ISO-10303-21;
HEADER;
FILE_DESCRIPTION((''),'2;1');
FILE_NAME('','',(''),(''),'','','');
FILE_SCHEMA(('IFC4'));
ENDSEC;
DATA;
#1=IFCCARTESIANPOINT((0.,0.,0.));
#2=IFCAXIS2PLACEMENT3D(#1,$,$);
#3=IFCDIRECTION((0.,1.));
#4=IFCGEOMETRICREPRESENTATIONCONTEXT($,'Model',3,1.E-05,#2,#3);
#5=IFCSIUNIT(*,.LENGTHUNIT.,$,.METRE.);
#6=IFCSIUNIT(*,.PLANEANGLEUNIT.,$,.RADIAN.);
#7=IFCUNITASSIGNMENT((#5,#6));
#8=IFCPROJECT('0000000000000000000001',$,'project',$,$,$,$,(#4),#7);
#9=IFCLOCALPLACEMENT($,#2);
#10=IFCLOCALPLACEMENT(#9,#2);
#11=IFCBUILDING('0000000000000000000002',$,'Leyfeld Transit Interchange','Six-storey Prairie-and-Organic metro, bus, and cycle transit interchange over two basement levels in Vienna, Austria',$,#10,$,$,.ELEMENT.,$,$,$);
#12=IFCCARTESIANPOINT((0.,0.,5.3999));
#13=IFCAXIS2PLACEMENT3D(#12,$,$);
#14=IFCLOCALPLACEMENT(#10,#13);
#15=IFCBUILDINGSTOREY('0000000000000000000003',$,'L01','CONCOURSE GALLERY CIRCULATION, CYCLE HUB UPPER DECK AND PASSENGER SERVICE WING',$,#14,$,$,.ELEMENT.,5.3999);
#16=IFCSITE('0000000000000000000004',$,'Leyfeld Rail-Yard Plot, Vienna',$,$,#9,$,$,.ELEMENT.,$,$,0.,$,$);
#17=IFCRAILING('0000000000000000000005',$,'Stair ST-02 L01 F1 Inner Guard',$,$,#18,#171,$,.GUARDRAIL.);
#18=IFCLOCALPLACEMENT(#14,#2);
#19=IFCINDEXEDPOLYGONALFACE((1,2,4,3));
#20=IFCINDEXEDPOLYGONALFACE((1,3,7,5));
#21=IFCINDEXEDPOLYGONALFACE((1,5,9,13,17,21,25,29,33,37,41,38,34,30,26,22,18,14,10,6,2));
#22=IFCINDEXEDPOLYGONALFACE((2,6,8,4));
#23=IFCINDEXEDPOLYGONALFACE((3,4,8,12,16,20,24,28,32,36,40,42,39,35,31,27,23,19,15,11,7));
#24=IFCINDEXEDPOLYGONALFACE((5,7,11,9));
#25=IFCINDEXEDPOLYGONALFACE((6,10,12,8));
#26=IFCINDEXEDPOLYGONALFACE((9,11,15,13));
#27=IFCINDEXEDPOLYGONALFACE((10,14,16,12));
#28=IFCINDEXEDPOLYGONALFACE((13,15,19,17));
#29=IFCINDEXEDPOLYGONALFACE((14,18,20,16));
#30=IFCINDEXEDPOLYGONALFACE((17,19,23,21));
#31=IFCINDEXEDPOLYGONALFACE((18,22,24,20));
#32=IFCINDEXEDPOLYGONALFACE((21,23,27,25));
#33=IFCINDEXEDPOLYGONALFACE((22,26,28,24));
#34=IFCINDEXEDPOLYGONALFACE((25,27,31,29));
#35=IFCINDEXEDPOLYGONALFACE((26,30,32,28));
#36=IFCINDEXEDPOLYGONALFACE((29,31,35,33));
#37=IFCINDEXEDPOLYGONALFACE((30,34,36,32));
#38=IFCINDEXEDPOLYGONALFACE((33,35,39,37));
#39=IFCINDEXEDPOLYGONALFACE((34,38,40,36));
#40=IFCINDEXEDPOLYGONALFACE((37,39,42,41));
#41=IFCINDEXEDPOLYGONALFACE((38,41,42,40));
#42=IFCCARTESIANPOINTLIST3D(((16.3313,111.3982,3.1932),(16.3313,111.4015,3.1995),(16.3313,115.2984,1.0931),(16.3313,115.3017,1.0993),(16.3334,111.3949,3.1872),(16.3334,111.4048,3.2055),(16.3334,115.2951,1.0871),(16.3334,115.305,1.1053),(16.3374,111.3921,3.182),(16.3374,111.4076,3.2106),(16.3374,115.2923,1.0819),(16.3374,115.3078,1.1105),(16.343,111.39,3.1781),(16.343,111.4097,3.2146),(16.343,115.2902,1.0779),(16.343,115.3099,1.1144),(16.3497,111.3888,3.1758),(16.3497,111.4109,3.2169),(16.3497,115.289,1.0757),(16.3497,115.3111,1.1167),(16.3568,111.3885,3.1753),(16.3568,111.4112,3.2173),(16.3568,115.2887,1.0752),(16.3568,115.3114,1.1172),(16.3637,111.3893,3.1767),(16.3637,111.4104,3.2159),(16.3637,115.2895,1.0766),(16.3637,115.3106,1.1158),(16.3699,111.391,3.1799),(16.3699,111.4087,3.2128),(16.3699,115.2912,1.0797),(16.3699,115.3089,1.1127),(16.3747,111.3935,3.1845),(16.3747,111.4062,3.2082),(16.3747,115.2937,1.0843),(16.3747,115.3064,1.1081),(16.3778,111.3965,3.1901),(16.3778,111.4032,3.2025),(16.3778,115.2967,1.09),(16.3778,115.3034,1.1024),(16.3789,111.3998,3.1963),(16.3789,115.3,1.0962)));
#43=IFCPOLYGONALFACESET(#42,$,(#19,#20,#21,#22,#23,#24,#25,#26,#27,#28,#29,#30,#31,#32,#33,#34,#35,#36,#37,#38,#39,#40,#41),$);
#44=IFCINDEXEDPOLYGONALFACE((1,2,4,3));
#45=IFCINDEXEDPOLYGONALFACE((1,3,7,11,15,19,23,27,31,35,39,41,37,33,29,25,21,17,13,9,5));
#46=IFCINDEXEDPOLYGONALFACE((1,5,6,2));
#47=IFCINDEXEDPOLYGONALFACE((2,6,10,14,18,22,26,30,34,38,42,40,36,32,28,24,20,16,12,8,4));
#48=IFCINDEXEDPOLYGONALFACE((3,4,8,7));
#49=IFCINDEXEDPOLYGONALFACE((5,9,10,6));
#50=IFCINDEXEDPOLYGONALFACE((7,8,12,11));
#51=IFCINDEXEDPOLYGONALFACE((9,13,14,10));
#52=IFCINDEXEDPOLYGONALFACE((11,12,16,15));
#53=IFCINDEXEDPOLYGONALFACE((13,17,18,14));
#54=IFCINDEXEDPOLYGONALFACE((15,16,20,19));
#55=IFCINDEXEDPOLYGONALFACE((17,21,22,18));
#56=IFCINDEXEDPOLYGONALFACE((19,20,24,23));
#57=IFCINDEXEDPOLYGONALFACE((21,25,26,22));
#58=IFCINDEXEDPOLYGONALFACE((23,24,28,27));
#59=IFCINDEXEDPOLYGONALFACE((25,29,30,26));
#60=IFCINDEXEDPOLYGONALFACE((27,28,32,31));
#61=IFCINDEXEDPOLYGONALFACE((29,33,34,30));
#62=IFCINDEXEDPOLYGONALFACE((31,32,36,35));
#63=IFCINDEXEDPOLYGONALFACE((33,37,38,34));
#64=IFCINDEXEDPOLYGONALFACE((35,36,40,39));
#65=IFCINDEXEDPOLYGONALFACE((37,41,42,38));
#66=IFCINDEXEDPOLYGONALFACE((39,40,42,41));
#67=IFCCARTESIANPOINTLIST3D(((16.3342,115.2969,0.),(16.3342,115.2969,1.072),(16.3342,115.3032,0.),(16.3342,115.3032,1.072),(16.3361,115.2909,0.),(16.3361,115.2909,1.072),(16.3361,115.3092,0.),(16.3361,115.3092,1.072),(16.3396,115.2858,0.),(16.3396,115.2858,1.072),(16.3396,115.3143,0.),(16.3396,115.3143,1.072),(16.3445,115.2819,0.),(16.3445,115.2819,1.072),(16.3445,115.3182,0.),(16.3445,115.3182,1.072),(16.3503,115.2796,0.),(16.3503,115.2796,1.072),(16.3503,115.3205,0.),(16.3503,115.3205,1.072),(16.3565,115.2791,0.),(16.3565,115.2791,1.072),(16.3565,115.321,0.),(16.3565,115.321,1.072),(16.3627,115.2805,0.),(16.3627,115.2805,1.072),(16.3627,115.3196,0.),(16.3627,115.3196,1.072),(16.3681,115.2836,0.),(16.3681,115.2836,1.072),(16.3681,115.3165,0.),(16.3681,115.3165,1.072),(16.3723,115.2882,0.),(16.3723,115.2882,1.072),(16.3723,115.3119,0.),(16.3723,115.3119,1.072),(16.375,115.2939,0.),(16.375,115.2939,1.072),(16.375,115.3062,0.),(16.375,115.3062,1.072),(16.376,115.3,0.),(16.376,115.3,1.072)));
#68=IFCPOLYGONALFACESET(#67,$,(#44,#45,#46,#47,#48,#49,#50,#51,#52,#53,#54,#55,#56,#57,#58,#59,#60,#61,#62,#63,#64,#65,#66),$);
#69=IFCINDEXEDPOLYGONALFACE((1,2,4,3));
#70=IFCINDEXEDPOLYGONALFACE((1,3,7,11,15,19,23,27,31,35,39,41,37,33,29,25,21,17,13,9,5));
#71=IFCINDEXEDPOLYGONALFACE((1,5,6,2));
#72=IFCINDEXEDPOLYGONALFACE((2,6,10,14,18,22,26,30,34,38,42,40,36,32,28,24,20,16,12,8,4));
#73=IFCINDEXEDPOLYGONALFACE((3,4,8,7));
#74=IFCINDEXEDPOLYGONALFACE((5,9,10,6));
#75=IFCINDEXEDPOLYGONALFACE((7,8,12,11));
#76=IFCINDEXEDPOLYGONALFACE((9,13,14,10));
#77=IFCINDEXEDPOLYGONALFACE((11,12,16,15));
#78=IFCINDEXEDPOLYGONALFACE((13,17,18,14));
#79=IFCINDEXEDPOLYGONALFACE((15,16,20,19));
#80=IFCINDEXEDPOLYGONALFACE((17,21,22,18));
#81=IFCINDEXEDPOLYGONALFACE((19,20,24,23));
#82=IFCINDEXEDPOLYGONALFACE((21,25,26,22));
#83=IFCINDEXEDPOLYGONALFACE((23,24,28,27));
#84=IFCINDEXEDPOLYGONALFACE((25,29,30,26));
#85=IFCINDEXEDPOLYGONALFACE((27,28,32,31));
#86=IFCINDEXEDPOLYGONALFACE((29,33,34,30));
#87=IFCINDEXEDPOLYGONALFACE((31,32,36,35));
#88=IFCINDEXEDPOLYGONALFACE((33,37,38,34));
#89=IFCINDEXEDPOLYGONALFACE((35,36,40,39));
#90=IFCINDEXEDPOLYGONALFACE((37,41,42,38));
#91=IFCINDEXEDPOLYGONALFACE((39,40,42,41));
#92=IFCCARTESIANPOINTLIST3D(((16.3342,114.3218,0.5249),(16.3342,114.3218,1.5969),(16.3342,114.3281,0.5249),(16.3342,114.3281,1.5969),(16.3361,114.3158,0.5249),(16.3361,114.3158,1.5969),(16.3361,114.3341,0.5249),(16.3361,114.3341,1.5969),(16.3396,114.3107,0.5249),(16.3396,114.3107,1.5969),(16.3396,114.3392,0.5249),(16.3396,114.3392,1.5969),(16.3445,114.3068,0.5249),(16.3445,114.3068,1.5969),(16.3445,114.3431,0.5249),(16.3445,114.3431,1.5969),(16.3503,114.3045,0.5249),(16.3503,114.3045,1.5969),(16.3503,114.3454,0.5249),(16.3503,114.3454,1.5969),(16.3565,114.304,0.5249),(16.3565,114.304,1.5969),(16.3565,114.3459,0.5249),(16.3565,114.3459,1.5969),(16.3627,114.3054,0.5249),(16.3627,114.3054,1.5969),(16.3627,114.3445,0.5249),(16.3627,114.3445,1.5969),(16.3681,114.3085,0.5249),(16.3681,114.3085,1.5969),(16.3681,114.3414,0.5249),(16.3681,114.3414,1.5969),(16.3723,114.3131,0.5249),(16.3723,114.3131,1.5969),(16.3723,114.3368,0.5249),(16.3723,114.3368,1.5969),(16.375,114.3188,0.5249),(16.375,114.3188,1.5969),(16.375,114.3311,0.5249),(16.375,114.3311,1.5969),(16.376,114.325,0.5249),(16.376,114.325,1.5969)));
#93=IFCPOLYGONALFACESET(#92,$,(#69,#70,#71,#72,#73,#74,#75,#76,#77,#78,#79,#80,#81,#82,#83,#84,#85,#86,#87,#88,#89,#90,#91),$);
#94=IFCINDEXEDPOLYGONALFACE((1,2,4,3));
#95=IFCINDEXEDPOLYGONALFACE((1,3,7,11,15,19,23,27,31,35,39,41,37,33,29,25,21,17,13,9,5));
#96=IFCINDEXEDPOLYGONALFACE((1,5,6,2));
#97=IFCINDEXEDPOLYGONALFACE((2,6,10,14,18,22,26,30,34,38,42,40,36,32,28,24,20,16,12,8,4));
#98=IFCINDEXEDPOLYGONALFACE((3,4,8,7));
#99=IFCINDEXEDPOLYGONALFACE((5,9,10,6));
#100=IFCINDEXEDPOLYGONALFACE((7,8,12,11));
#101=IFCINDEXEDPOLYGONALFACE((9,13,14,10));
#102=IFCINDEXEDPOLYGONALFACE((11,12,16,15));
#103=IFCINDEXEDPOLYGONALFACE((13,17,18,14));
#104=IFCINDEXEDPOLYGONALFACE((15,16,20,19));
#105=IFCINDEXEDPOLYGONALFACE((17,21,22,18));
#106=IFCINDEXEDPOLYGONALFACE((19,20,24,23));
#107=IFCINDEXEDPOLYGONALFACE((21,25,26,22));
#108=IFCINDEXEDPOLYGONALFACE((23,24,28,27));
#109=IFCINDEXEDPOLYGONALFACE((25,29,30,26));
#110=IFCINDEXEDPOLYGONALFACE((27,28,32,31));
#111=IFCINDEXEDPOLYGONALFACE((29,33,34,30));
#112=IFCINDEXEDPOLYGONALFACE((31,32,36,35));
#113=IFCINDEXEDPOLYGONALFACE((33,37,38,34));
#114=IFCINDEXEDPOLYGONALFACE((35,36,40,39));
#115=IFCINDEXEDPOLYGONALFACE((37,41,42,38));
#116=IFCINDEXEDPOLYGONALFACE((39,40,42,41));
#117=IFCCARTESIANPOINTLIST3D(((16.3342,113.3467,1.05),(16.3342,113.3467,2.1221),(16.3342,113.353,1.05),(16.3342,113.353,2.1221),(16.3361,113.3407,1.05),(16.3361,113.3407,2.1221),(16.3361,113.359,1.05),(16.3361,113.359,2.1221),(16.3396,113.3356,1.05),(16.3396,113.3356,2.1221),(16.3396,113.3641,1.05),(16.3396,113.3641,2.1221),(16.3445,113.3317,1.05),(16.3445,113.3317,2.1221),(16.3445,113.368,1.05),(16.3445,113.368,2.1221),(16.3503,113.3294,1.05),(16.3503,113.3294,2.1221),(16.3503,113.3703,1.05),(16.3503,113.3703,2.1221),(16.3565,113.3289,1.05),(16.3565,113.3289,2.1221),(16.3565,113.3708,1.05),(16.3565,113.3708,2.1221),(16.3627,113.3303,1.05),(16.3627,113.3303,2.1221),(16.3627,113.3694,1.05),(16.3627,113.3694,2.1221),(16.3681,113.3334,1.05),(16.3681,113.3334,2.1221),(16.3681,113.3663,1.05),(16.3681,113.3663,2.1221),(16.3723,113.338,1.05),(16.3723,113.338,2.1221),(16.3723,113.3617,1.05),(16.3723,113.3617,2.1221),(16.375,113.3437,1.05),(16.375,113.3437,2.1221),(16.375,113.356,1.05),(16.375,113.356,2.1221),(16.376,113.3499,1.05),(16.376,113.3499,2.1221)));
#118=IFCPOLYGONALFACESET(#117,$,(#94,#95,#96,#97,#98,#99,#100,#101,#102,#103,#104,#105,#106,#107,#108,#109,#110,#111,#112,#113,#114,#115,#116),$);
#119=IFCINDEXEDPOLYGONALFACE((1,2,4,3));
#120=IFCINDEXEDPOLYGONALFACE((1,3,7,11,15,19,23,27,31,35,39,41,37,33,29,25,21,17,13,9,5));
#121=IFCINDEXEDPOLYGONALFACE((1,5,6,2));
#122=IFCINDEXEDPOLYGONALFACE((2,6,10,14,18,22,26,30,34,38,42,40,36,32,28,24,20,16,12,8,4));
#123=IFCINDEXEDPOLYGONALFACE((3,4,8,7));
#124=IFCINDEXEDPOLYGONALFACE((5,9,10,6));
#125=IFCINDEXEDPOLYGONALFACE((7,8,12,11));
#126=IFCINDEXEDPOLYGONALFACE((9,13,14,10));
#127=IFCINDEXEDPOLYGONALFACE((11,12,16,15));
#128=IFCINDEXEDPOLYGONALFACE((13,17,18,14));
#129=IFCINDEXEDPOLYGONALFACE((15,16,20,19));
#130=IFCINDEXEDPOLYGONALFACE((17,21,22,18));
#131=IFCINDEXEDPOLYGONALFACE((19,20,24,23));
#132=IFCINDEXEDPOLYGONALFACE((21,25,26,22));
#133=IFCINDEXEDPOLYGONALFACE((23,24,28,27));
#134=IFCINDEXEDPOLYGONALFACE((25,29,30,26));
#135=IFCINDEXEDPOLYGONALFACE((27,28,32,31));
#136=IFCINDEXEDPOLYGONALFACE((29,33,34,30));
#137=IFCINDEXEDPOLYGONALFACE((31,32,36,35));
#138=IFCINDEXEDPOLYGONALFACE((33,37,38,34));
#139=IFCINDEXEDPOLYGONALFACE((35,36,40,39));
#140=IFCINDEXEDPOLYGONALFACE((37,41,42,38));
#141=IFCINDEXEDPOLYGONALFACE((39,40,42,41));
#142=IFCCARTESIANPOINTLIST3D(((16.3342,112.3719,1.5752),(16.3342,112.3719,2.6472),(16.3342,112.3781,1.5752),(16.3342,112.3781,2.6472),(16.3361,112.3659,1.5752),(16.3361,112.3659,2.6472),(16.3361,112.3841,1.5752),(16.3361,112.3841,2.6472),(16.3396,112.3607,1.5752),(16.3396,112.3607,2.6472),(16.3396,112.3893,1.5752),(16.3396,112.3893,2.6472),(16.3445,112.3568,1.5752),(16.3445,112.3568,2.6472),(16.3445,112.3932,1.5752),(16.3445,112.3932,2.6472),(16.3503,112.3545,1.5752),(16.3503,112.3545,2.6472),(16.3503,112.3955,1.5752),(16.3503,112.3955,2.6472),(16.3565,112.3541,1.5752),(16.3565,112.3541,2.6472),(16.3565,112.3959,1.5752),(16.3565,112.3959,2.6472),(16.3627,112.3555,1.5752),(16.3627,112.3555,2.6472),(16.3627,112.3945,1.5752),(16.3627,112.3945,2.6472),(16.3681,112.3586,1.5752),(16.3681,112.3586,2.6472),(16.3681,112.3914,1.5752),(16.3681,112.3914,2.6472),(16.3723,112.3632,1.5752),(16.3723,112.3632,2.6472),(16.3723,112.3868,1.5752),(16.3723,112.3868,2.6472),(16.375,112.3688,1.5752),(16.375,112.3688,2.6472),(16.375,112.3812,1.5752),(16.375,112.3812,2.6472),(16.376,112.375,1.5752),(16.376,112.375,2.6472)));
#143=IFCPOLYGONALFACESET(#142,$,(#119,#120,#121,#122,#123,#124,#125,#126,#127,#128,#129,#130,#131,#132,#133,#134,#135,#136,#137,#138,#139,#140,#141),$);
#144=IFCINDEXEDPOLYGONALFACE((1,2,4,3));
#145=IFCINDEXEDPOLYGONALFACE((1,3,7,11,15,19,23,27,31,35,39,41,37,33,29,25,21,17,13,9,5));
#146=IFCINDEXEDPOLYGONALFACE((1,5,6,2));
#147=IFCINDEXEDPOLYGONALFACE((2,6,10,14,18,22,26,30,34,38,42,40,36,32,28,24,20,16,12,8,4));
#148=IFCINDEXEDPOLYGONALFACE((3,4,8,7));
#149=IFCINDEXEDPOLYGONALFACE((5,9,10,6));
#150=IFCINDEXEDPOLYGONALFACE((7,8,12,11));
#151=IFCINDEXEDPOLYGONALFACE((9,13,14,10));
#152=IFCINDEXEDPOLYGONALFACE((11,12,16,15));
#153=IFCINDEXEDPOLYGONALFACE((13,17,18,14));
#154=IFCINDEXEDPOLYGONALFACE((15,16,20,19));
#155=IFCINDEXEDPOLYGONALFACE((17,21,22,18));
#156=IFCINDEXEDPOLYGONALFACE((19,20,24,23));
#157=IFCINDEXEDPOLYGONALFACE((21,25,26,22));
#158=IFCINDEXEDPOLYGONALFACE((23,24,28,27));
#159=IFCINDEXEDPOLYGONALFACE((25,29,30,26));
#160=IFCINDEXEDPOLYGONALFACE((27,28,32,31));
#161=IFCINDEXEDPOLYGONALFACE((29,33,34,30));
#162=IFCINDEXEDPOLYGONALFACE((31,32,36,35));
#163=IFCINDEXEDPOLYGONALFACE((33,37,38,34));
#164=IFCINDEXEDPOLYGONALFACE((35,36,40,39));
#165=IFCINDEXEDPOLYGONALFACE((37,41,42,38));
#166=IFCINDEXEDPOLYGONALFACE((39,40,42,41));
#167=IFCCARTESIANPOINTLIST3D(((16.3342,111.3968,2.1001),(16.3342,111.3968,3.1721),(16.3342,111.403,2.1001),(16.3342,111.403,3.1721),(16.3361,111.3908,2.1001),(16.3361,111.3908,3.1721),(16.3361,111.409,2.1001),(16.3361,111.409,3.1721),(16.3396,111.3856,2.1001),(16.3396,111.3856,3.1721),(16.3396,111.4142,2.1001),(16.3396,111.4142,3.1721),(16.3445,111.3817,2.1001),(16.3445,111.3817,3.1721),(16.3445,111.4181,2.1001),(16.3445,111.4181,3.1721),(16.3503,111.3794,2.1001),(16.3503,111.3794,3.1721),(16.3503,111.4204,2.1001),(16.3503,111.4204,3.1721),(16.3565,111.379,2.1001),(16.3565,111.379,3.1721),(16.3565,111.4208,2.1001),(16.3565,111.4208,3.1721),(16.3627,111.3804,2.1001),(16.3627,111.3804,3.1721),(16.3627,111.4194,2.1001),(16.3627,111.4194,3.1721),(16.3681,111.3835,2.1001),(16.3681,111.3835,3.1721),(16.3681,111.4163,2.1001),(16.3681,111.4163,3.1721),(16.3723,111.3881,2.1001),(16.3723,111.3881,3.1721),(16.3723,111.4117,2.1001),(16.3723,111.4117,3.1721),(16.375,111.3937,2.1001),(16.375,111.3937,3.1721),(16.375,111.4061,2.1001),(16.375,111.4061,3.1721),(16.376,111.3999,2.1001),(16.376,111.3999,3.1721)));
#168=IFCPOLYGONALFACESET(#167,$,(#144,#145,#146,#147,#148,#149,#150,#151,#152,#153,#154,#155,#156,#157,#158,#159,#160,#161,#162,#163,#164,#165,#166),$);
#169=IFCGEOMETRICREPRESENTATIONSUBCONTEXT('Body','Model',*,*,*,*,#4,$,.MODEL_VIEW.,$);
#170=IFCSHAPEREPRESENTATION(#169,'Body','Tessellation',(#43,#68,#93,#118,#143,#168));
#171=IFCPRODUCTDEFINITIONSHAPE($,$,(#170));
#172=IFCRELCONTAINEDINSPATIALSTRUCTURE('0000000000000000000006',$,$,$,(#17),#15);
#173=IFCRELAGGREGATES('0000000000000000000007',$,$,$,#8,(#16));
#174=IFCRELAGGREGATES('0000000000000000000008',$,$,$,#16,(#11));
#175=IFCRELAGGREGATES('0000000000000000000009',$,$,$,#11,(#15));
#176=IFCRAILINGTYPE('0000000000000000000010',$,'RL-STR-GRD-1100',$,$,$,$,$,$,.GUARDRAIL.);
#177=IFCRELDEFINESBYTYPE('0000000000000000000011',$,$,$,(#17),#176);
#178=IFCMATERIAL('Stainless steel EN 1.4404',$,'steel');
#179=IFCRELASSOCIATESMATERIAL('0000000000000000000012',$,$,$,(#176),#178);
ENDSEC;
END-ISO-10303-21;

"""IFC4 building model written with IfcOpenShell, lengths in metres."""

from ifc_helpers import new_model, si_unit, direction, frame, origin, origin_2d, place, context, subcontext, project, spatial, circle, extrude, material, type_object, element, save


model = new_model("IFC4")

# Units and contexts
model_context = context("Model", 3, precision=1e-05, world=origin(), true_north=direction((0.0, 1.0)))
body_context = subcontext(model_context, "Body", "Model", "MODEL_VIEW")
ifc_project = project(units=[si_unit("LENGTHUNIT", "METRE"), si_unit("PLANEANGLEUNIT", "RADIAN")], contexts=[model_context])

# Site, building, storey
site_placement = place(None, origin())
site = spatial("IfcSite", under=ifc_project, at=site_placement, Name="Leyfeld Rail-Yard Plot, Vienna", CompositionType="ELEMENT", RefElevation=0.0)
building_placement = place(site_placement, origin())
building = spatial("IfcBuilding", under=site, at=building_placement, Name="Leyfeld Transit Interchange", Description="Six-storey Prairie-and-Organic metro, bus, and cycle transit interchange over two basement levels in Vienna, Austria", CompositionType="ELEMENT")
storey_placement = place(building_placement, frame((0.0, 0.0, 5.3999)))
storey = spatial("IfcBuildingStorey", under=building, at=storey_placement, Name="L01", Description="CONCOURSE GALLERY CIRCULATION, CYCLE HUB UPPER DECK AND PASSENGER SERVICE WING", CompositionType="ELEMENT", Elevation=5.3999)

# Shared definitions
ifc_material_1 = material(Name="Stainless steel EN 1.4404", Category="steel")

# Railing
railing_type_1 = type_object("IfcRailingType", Name="RL-STR-GRD-1100", PredefinedType="GUARDRAIL", material=ifc_material_1)
for number, where, name in (
    (1, (16.355, 115.3, 0.0), "Stair ST-02 L01 F1 Inner Guard"),
):
    element("IfcRailing", number, at=place(storey_placement, frame(where)), inside=storey, type_object=railing_type_1, Name=name, PredefinedType="GUARDRAIL", context=body_context, shape_type="SweptSolid", body=[
        extrude(circle(Radius=0.0239, at=origin_2d()), frame((0.0, 0.0, 1.0962), z_axis=(0.0, -0.880469, 0.474103), x_axis=(1.0, 0.0, 0.0)), (0.0, 0.0, 1.0), 4.4297),
        extrude(circle(Radius=0.021, at=origin_2d()), origin(), (0.0, 0.0, 1.0), 1.072),
        extrude(circle(Radius=0.021, at=origin_2d()), frame((0.0, -0.9751, 0.5249)), (0.0, 0.0, 1.0), 1.072),
        extrude(circle(Radius=0.021, at=origin_2d()), frame((0.0, -1.9502, 1.05)), (0.0, 0.0, 1.0), 1.072),
        extrude(circle(Radius=0.021, at=origin_2d()), frame((0.0, -2.925, 1.5752)), (0.0, 0.0, 1.0), 1.072),
        extrude(circle(Radius=0.021, at=origin_2d()), frame((0.0, -3.9001, 2.1001)), (0.0, 0.0, 1.0), 1.072),
    ])

save(model, "model.ifc")
